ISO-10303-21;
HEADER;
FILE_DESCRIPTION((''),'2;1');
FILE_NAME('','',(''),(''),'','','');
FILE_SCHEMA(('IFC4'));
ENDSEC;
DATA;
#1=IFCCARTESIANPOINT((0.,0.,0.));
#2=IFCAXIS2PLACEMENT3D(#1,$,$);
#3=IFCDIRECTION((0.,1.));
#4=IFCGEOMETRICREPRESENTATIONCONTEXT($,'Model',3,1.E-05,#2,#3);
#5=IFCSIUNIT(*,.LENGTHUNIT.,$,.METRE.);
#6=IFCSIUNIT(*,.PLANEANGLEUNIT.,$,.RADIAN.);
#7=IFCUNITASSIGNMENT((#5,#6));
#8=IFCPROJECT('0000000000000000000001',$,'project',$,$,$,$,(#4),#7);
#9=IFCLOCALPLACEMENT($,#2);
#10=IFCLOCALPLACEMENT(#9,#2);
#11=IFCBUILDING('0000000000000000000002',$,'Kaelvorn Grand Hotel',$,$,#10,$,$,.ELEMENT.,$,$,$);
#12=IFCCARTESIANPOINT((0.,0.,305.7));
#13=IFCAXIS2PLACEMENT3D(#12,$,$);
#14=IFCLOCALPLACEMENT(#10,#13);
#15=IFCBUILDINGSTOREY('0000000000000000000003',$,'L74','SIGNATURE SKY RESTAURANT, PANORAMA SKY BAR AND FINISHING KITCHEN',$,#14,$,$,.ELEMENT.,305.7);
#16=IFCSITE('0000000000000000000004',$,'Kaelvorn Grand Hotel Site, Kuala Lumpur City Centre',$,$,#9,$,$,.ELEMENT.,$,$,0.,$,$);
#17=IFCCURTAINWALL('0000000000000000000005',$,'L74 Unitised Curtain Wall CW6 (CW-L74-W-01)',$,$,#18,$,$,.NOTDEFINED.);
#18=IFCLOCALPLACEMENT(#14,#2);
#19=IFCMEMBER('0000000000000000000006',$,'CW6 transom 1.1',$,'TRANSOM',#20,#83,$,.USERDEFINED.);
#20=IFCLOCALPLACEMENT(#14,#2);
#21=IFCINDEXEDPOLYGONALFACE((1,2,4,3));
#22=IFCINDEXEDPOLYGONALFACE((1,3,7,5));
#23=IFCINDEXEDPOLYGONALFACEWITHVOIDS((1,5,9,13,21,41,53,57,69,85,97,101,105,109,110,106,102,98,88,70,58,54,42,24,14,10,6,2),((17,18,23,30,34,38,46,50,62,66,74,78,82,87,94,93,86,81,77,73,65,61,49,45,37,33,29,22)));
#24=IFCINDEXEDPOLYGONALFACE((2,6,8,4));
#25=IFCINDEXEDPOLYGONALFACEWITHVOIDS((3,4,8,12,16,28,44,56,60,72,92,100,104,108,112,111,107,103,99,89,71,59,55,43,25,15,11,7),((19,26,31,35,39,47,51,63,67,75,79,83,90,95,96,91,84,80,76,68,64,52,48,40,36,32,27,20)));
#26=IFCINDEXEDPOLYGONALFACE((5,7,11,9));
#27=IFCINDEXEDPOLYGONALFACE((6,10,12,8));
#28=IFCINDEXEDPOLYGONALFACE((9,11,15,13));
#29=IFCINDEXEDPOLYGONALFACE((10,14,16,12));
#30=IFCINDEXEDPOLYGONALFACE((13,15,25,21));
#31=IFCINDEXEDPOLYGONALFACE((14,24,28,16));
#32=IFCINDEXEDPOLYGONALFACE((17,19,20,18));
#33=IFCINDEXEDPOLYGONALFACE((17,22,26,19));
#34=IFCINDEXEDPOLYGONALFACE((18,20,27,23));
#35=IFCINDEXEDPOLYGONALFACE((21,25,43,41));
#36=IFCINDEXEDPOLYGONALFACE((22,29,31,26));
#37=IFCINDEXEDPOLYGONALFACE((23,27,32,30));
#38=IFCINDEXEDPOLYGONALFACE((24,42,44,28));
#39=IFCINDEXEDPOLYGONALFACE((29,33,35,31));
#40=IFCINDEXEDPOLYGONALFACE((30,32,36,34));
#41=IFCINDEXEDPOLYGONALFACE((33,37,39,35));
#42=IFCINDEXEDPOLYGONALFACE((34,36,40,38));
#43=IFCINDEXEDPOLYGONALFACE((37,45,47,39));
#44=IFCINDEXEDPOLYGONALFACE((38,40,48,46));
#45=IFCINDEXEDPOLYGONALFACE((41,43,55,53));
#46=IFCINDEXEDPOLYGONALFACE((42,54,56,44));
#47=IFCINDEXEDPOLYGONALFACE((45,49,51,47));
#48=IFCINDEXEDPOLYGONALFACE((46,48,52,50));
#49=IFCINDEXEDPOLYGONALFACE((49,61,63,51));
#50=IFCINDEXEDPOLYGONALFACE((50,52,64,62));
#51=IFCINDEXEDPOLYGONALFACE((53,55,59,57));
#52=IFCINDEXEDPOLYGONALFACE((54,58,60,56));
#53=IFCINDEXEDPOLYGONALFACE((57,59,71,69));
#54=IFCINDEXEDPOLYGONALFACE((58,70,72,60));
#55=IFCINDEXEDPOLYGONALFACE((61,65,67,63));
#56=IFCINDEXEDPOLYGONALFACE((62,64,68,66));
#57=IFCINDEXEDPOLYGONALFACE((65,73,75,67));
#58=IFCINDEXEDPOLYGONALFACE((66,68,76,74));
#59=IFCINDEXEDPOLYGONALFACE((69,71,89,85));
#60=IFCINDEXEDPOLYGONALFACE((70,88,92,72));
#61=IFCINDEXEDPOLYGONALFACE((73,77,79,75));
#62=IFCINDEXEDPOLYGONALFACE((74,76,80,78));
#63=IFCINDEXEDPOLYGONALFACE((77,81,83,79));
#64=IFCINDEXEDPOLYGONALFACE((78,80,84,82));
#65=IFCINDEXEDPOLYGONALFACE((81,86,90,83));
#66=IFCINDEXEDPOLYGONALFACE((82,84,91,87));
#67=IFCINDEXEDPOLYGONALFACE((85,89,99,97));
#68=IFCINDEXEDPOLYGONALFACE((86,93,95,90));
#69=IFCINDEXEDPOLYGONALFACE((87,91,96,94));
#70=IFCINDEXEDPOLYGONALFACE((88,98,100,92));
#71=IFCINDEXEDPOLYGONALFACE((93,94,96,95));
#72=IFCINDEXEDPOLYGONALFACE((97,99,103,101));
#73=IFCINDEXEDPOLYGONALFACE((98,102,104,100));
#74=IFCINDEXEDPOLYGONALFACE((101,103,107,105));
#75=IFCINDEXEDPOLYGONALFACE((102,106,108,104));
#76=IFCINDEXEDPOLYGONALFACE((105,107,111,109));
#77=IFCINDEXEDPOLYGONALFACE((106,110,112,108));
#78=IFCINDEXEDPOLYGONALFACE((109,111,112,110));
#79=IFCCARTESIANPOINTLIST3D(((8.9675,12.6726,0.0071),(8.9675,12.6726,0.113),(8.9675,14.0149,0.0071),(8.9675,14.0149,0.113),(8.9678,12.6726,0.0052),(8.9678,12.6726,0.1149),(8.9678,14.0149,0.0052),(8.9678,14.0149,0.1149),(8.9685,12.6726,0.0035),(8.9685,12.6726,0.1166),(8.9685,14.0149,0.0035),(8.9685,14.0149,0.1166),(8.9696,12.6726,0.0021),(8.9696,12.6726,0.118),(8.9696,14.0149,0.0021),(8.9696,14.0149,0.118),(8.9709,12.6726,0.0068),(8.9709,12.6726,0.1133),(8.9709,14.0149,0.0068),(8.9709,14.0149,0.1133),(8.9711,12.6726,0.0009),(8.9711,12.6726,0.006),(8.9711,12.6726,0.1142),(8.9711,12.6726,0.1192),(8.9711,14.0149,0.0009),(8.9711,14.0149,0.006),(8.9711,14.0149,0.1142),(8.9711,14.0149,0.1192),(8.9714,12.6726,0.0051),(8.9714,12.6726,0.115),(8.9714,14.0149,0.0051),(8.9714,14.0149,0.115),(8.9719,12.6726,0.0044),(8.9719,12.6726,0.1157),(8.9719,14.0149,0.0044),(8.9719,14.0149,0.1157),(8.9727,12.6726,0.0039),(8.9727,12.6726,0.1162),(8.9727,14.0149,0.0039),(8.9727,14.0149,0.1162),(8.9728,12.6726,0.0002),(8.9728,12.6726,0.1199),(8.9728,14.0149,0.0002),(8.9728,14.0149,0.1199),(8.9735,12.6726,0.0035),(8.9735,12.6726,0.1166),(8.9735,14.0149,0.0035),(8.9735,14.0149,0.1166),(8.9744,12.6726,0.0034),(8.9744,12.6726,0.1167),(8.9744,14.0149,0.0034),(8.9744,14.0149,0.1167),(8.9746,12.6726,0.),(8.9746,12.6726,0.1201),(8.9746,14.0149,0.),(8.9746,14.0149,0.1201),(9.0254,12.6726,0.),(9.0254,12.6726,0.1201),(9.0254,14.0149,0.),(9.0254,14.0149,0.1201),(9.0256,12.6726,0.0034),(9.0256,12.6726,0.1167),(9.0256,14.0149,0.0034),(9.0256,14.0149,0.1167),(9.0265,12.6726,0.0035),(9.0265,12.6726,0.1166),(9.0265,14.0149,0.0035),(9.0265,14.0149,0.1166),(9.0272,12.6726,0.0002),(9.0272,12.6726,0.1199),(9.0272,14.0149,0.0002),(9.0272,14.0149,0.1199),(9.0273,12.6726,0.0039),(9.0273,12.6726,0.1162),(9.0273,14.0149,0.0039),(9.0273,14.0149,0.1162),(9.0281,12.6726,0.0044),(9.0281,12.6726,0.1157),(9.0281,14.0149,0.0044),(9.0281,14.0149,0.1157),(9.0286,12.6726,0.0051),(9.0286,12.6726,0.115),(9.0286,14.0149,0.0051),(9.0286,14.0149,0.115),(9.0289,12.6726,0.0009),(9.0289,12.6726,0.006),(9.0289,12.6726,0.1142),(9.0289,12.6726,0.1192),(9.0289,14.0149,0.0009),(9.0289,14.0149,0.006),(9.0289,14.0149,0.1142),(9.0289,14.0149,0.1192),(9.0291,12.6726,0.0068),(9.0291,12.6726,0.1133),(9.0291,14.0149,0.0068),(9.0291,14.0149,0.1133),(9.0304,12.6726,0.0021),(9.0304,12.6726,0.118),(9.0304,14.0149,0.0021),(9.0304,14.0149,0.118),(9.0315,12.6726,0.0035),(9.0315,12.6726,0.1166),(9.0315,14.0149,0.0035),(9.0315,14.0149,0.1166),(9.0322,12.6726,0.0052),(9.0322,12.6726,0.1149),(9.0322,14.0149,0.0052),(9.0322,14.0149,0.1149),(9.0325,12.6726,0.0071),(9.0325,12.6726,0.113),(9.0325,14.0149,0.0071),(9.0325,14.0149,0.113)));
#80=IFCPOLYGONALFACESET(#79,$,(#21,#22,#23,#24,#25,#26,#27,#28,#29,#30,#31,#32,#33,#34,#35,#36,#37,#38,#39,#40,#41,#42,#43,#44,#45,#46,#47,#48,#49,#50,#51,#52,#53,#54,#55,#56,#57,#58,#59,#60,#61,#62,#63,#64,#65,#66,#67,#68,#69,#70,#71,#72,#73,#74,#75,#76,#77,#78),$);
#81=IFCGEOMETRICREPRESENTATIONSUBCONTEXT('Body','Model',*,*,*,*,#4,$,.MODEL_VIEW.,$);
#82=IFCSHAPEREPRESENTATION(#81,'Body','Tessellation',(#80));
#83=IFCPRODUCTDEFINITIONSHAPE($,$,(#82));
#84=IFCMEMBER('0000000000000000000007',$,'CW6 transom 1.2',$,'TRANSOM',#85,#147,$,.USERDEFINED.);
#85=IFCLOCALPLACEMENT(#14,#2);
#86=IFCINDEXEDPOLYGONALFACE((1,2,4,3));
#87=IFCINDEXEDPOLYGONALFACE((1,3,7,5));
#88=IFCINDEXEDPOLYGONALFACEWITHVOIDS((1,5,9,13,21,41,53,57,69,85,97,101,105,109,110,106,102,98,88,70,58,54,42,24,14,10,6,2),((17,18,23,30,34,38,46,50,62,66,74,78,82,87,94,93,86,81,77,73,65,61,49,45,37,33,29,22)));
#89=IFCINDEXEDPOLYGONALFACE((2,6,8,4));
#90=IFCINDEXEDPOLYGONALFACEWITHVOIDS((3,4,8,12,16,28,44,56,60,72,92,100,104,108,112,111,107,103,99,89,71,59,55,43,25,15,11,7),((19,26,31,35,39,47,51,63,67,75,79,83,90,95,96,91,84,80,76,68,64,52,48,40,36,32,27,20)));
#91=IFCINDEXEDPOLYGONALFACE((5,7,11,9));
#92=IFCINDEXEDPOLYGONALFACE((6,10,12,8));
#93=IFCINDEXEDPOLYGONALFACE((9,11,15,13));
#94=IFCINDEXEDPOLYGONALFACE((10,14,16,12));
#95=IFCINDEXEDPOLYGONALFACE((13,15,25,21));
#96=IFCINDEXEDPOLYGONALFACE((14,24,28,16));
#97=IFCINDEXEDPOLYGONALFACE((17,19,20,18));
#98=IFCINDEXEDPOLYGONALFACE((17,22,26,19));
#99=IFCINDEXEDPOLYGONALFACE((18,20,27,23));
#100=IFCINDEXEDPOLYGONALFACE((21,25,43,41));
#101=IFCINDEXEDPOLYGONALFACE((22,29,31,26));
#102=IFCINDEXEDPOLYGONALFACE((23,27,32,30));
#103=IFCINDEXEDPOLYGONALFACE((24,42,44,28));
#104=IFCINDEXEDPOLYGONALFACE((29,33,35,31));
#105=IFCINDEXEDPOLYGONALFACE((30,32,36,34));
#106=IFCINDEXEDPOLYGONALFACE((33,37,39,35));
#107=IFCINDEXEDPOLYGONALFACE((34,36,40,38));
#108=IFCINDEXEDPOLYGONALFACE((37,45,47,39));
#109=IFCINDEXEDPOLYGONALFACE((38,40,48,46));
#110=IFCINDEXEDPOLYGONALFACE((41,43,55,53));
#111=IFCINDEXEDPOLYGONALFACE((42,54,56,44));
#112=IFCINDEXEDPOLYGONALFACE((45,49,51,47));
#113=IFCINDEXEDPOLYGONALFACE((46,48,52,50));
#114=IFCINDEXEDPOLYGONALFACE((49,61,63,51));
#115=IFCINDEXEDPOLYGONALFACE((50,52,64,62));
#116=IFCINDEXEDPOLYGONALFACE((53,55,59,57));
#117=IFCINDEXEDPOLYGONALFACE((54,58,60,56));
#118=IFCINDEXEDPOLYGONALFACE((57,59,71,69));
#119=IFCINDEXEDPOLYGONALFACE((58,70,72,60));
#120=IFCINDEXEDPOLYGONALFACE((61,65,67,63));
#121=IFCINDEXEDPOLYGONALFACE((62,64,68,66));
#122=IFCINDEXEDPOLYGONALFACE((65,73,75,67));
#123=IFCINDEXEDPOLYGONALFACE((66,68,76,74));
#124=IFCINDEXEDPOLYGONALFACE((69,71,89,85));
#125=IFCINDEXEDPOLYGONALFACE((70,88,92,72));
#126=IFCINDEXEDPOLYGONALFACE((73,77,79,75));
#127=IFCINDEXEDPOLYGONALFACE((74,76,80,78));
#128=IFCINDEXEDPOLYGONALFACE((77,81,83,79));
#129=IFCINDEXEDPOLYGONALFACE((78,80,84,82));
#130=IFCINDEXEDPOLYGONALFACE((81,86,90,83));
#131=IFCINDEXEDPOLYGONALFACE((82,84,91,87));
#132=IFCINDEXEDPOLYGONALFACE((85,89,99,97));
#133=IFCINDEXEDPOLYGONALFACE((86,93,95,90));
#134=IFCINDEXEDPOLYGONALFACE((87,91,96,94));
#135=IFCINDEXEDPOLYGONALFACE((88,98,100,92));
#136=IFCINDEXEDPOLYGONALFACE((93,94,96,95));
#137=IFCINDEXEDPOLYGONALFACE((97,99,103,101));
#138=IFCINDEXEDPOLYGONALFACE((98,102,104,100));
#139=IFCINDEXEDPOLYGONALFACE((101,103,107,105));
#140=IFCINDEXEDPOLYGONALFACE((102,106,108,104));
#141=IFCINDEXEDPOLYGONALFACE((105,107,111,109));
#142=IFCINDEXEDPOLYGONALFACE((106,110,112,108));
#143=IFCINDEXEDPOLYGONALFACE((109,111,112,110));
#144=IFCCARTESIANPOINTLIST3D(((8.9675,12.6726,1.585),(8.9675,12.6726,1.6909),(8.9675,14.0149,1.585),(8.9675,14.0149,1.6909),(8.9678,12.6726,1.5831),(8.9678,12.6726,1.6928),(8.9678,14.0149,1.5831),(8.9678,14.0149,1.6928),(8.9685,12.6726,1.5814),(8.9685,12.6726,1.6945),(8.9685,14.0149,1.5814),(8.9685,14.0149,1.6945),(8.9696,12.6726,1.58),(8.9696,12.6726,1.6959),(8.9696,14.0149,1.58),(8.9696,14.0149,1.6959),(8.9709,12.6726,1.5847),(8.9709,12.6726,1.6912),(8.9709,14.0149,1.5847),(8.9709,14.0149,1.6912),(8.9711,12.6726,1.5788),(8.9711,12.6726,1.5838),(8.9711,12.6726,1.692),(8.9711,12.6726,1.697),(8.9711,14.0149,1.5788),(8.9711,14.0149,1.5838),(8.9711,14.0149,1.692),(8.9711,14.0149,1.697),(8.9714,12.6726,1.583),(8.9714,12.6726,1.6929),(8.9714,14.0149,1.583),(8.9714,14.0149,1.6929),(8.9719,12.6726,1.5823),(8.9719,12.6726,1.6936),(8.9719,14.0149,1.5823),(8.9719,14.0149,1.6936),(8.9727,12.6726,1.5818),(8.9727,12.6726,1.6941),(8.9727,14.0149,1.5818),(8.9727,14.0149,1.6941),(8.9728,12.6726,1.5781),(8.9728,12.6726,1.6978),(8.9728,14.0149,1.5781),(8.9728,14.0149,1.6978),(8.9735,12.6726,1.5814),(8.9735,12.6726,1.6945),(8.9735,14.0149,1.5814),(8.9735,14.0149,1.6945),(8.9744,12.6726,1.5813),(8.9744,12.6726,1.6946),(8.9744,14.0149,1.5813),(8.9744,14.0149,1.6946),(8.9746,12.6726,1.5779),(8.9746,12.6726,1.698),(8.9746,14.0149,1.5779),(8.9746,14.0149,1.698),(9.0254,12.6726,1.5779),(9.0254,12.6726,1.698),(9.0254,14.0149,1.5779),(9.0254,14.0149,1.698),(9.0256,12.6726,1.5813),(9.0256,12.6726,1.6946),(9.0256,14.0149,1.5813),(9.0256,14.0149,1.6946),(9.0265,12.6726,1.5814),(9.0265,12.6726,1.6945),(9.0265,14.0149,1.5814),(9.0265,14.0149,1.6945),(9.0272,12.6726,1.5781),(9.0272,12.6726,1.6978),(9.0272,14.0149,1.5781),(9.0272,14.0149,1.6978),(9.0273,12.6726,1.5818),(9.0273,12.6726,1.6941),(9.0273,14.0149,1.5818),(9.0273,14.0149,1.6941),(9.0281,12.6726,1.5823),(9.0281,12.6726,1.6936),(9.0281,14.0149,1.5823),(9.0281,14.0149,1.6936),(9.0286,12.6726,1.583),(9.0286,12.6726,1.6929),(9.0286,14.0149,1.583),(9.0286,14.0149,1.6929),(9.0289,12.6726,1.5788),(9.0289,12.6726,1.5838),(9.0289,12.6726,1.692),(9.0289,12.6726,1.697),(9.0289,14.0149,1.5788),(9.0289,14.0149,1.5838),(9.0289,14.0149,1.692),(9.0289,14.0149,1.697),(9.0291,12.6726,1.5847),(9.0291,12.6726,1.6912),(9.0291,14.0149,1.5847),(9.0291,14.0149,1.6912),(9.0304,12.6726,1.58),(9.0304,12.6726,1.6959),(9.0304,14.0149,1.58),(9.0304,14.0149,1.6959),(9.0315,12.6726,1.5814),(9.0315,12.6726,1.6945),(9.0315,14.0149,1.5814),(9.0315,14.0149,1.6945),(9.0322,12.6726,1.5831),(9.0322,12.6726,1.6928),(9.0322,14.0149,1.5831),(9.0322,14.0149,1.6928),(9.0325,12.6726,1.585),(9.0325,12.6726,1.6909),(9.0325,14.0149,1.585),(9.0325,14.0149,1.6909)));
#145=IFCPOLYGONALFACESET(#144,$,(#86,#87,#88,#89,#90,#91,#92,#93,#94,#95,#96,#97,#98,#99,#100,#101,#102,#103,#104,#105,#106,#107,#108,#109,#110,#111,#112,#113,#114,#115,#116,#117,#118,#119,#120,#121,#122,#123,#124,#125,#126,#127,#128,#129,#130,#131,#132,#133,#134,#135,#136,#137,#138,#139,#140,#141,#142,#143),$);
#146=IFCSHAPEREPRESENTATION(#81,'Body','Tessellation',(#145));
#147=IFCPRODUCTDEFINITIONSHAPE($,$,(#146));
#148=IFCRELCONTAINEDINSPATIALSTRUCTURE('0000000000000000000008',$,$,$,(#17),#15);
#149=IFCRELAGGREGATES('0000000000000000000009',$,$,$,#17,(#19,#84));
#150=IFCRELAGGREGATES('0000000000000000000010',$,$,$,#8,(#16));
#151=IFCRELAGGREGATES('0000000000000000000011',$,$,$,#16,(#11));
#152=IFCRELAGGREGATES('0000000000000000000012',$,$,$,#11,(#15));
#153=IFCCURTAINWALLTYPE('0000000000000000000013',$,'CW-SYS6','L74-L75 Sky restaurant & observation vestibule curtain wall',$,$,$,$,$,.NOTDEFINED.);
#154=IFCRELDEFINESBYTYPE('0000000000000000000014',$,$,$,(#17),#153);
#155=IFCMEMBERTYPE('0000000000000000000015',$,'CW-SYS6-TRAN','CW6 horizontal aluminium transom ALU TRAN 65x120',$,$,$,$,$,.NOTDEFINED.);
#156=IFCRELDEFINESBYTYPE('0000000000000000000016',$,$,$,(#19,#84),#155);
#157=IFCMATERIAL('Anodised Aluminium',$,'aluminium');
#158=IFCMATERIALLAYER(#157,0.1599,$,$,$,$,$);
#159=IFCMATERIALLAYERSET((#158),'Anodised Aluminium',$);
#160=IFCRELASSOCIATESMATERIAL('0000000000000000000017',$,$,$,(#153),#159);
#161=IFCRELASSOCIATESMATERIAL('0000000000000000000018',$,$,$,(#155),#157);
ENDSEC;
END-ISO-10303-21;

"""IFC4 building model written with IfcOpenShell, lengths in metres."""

from ifc_helpers import new_model, si_unit, direction, frame, origin, origin_2d, place, context, subcontext, project, spatial, hollow_rectangle, extrude, material, layer, layer_set, material_profile, profile_set, type_object, element, aggregate, save


model = new_model("IFC4")

# Units and contexts
model_context = context("Model", 3, precision=1e-05, world=origin(), true_north=direction((0.0, 1.0)))
body_context = subcontext(model_context, "Body", "Model", "MODEL_VIEW")
ifc_project = project(units=[si_unit("LENGTHUNIT", "METRE"), si_unit("PLANEANGLEUNIT", "RADIAN")], contexts=[model_context])

# Site, building, storey
site_placement = place(None, origin())
site = spatial("IfcSite", under=ifc_project, at=site_placement, Name="Kaelvorn Grand Hotel Site, Kuala Lumpur City Centre", CompositionType="ELEMENT", RefElevation=0.0)
building_placement = place(site_placement, origin())
building = spatial("IfcBuilding", under=site, at=building_placement, Name="Kaelvorn Grand Hotel", CompositionType="ELEMENT")
storey_placement = place(building_placement, frame((0.0, 0.0, 305.7)))
storey = spatial("IfcBuildingStorey", under=building, at=storey_placement, Name="L74", Description="SIGNATURE SKY RESTAURANT, PANORAMA SKY BAR AND FINISHING KITCHEN", CompositionType="ELEMENT", Elevation=305.7)

# Curtain wall
ifc_material_1 = material(Name="Anodised Aluminium", Category="aluminium")
ifc_layer_1 = layer(ifc_material_1, 0.1599)
ifc_layer_set_1 = layer_set([ifc_layer_1], Name="Anodised Aluminium")
curtain_wall_type = type_object("IfcCurtainWallType", Name="CW-SYS6", Description="L74-L75 Sky restaurant & observation vestibule curtain wall", PredefinedType="NOTDEFINED", material=ifc_layer_set_1)
curtain_wall_1_placement = place(storey_placement, origin())
curtain_wall_1 = element("IfcCurtainWall", 1, at=curtain_wall_1_placement, inside=storey, type_object=curtain_wall_type, Name="L74 Unitised Curtain Wall CW6 (CW-L74-W-01)", PredefinedType="NOTDEFINED")

# Members
ifc_material_profile_1 = material_profile(ifc_material_1, hollow_rectangle(XDim=0.0649, YDim=0.1201, WallThickness=0.0034, InnerFilletRadius=0.0034, OuterFilletRadius=0.0071, at=origin_2d()), Name="ALU TRAN 65x120")
ifc_profile_set_1 = profile_set([ifc_material_profile_1], Name="Anodised Aluminium")
member_type_1 = type_object("IfcMemberType", Name="CW-SYS6-TRAN", Description="CW6 horizontal aluminium transom ALU TRAN 65x120", PredefinedType="NOTDEFINED", material=ifc_profile_set_1)
member_1_placement = place(storey_placement, frame((9.0, 14.0149, 0.0601), z_axis=(0.0, -1.0, 0.0), x_axis=(1.0, 0.0, 0.0)))
member_1 = element("IfcMember", 2, at=member_1_placement, type_object=member_type_1, Name="CW6 transom 1.1", ObjectType="TRANSOM", PredefinedType="USERDEFINED", context=body_context, shape_type="SweptSolid", body=[
    extrude(hollow_rectangle(XDim=0.0649, YDim=0.1201, WallThickness=0.0034, InnerFilletRadius=0.0034, OuterFilletRadius=0.0071, at=origin_2d()), origin(), (0.0, 0.0, 1.0), 1.3423),
])
member_2_placement = place(storey_placement, frame((9.0, 14.0149, 1.6379), z_axis=(0.0, -1.0, 0.0), x_axis=(1.0, 0.0, 0.0)))
member_2 = element("IfcMember", 3, at=member_2_placement, type_object=member_type_1, Name="CW6 transom 1.2", ObjectType="TRANSOM", PredefinedType="USERDEFINED", context=body_context, shape_type="SweptSolid", body=[
    extrude(hollow_rectangle(XDim=0.0649, YDim=0.1201, WallThickness=0.0034, InnerFilletRadius=0.0034, OuterFilletRadius=0.0071, at=origin_2d()), origin(), (0.0, 0.0, 1.0), 1.3423),
])

aggregate(curtain_wall_1, [member_1, member_2])

save(model, "model.ifc")
